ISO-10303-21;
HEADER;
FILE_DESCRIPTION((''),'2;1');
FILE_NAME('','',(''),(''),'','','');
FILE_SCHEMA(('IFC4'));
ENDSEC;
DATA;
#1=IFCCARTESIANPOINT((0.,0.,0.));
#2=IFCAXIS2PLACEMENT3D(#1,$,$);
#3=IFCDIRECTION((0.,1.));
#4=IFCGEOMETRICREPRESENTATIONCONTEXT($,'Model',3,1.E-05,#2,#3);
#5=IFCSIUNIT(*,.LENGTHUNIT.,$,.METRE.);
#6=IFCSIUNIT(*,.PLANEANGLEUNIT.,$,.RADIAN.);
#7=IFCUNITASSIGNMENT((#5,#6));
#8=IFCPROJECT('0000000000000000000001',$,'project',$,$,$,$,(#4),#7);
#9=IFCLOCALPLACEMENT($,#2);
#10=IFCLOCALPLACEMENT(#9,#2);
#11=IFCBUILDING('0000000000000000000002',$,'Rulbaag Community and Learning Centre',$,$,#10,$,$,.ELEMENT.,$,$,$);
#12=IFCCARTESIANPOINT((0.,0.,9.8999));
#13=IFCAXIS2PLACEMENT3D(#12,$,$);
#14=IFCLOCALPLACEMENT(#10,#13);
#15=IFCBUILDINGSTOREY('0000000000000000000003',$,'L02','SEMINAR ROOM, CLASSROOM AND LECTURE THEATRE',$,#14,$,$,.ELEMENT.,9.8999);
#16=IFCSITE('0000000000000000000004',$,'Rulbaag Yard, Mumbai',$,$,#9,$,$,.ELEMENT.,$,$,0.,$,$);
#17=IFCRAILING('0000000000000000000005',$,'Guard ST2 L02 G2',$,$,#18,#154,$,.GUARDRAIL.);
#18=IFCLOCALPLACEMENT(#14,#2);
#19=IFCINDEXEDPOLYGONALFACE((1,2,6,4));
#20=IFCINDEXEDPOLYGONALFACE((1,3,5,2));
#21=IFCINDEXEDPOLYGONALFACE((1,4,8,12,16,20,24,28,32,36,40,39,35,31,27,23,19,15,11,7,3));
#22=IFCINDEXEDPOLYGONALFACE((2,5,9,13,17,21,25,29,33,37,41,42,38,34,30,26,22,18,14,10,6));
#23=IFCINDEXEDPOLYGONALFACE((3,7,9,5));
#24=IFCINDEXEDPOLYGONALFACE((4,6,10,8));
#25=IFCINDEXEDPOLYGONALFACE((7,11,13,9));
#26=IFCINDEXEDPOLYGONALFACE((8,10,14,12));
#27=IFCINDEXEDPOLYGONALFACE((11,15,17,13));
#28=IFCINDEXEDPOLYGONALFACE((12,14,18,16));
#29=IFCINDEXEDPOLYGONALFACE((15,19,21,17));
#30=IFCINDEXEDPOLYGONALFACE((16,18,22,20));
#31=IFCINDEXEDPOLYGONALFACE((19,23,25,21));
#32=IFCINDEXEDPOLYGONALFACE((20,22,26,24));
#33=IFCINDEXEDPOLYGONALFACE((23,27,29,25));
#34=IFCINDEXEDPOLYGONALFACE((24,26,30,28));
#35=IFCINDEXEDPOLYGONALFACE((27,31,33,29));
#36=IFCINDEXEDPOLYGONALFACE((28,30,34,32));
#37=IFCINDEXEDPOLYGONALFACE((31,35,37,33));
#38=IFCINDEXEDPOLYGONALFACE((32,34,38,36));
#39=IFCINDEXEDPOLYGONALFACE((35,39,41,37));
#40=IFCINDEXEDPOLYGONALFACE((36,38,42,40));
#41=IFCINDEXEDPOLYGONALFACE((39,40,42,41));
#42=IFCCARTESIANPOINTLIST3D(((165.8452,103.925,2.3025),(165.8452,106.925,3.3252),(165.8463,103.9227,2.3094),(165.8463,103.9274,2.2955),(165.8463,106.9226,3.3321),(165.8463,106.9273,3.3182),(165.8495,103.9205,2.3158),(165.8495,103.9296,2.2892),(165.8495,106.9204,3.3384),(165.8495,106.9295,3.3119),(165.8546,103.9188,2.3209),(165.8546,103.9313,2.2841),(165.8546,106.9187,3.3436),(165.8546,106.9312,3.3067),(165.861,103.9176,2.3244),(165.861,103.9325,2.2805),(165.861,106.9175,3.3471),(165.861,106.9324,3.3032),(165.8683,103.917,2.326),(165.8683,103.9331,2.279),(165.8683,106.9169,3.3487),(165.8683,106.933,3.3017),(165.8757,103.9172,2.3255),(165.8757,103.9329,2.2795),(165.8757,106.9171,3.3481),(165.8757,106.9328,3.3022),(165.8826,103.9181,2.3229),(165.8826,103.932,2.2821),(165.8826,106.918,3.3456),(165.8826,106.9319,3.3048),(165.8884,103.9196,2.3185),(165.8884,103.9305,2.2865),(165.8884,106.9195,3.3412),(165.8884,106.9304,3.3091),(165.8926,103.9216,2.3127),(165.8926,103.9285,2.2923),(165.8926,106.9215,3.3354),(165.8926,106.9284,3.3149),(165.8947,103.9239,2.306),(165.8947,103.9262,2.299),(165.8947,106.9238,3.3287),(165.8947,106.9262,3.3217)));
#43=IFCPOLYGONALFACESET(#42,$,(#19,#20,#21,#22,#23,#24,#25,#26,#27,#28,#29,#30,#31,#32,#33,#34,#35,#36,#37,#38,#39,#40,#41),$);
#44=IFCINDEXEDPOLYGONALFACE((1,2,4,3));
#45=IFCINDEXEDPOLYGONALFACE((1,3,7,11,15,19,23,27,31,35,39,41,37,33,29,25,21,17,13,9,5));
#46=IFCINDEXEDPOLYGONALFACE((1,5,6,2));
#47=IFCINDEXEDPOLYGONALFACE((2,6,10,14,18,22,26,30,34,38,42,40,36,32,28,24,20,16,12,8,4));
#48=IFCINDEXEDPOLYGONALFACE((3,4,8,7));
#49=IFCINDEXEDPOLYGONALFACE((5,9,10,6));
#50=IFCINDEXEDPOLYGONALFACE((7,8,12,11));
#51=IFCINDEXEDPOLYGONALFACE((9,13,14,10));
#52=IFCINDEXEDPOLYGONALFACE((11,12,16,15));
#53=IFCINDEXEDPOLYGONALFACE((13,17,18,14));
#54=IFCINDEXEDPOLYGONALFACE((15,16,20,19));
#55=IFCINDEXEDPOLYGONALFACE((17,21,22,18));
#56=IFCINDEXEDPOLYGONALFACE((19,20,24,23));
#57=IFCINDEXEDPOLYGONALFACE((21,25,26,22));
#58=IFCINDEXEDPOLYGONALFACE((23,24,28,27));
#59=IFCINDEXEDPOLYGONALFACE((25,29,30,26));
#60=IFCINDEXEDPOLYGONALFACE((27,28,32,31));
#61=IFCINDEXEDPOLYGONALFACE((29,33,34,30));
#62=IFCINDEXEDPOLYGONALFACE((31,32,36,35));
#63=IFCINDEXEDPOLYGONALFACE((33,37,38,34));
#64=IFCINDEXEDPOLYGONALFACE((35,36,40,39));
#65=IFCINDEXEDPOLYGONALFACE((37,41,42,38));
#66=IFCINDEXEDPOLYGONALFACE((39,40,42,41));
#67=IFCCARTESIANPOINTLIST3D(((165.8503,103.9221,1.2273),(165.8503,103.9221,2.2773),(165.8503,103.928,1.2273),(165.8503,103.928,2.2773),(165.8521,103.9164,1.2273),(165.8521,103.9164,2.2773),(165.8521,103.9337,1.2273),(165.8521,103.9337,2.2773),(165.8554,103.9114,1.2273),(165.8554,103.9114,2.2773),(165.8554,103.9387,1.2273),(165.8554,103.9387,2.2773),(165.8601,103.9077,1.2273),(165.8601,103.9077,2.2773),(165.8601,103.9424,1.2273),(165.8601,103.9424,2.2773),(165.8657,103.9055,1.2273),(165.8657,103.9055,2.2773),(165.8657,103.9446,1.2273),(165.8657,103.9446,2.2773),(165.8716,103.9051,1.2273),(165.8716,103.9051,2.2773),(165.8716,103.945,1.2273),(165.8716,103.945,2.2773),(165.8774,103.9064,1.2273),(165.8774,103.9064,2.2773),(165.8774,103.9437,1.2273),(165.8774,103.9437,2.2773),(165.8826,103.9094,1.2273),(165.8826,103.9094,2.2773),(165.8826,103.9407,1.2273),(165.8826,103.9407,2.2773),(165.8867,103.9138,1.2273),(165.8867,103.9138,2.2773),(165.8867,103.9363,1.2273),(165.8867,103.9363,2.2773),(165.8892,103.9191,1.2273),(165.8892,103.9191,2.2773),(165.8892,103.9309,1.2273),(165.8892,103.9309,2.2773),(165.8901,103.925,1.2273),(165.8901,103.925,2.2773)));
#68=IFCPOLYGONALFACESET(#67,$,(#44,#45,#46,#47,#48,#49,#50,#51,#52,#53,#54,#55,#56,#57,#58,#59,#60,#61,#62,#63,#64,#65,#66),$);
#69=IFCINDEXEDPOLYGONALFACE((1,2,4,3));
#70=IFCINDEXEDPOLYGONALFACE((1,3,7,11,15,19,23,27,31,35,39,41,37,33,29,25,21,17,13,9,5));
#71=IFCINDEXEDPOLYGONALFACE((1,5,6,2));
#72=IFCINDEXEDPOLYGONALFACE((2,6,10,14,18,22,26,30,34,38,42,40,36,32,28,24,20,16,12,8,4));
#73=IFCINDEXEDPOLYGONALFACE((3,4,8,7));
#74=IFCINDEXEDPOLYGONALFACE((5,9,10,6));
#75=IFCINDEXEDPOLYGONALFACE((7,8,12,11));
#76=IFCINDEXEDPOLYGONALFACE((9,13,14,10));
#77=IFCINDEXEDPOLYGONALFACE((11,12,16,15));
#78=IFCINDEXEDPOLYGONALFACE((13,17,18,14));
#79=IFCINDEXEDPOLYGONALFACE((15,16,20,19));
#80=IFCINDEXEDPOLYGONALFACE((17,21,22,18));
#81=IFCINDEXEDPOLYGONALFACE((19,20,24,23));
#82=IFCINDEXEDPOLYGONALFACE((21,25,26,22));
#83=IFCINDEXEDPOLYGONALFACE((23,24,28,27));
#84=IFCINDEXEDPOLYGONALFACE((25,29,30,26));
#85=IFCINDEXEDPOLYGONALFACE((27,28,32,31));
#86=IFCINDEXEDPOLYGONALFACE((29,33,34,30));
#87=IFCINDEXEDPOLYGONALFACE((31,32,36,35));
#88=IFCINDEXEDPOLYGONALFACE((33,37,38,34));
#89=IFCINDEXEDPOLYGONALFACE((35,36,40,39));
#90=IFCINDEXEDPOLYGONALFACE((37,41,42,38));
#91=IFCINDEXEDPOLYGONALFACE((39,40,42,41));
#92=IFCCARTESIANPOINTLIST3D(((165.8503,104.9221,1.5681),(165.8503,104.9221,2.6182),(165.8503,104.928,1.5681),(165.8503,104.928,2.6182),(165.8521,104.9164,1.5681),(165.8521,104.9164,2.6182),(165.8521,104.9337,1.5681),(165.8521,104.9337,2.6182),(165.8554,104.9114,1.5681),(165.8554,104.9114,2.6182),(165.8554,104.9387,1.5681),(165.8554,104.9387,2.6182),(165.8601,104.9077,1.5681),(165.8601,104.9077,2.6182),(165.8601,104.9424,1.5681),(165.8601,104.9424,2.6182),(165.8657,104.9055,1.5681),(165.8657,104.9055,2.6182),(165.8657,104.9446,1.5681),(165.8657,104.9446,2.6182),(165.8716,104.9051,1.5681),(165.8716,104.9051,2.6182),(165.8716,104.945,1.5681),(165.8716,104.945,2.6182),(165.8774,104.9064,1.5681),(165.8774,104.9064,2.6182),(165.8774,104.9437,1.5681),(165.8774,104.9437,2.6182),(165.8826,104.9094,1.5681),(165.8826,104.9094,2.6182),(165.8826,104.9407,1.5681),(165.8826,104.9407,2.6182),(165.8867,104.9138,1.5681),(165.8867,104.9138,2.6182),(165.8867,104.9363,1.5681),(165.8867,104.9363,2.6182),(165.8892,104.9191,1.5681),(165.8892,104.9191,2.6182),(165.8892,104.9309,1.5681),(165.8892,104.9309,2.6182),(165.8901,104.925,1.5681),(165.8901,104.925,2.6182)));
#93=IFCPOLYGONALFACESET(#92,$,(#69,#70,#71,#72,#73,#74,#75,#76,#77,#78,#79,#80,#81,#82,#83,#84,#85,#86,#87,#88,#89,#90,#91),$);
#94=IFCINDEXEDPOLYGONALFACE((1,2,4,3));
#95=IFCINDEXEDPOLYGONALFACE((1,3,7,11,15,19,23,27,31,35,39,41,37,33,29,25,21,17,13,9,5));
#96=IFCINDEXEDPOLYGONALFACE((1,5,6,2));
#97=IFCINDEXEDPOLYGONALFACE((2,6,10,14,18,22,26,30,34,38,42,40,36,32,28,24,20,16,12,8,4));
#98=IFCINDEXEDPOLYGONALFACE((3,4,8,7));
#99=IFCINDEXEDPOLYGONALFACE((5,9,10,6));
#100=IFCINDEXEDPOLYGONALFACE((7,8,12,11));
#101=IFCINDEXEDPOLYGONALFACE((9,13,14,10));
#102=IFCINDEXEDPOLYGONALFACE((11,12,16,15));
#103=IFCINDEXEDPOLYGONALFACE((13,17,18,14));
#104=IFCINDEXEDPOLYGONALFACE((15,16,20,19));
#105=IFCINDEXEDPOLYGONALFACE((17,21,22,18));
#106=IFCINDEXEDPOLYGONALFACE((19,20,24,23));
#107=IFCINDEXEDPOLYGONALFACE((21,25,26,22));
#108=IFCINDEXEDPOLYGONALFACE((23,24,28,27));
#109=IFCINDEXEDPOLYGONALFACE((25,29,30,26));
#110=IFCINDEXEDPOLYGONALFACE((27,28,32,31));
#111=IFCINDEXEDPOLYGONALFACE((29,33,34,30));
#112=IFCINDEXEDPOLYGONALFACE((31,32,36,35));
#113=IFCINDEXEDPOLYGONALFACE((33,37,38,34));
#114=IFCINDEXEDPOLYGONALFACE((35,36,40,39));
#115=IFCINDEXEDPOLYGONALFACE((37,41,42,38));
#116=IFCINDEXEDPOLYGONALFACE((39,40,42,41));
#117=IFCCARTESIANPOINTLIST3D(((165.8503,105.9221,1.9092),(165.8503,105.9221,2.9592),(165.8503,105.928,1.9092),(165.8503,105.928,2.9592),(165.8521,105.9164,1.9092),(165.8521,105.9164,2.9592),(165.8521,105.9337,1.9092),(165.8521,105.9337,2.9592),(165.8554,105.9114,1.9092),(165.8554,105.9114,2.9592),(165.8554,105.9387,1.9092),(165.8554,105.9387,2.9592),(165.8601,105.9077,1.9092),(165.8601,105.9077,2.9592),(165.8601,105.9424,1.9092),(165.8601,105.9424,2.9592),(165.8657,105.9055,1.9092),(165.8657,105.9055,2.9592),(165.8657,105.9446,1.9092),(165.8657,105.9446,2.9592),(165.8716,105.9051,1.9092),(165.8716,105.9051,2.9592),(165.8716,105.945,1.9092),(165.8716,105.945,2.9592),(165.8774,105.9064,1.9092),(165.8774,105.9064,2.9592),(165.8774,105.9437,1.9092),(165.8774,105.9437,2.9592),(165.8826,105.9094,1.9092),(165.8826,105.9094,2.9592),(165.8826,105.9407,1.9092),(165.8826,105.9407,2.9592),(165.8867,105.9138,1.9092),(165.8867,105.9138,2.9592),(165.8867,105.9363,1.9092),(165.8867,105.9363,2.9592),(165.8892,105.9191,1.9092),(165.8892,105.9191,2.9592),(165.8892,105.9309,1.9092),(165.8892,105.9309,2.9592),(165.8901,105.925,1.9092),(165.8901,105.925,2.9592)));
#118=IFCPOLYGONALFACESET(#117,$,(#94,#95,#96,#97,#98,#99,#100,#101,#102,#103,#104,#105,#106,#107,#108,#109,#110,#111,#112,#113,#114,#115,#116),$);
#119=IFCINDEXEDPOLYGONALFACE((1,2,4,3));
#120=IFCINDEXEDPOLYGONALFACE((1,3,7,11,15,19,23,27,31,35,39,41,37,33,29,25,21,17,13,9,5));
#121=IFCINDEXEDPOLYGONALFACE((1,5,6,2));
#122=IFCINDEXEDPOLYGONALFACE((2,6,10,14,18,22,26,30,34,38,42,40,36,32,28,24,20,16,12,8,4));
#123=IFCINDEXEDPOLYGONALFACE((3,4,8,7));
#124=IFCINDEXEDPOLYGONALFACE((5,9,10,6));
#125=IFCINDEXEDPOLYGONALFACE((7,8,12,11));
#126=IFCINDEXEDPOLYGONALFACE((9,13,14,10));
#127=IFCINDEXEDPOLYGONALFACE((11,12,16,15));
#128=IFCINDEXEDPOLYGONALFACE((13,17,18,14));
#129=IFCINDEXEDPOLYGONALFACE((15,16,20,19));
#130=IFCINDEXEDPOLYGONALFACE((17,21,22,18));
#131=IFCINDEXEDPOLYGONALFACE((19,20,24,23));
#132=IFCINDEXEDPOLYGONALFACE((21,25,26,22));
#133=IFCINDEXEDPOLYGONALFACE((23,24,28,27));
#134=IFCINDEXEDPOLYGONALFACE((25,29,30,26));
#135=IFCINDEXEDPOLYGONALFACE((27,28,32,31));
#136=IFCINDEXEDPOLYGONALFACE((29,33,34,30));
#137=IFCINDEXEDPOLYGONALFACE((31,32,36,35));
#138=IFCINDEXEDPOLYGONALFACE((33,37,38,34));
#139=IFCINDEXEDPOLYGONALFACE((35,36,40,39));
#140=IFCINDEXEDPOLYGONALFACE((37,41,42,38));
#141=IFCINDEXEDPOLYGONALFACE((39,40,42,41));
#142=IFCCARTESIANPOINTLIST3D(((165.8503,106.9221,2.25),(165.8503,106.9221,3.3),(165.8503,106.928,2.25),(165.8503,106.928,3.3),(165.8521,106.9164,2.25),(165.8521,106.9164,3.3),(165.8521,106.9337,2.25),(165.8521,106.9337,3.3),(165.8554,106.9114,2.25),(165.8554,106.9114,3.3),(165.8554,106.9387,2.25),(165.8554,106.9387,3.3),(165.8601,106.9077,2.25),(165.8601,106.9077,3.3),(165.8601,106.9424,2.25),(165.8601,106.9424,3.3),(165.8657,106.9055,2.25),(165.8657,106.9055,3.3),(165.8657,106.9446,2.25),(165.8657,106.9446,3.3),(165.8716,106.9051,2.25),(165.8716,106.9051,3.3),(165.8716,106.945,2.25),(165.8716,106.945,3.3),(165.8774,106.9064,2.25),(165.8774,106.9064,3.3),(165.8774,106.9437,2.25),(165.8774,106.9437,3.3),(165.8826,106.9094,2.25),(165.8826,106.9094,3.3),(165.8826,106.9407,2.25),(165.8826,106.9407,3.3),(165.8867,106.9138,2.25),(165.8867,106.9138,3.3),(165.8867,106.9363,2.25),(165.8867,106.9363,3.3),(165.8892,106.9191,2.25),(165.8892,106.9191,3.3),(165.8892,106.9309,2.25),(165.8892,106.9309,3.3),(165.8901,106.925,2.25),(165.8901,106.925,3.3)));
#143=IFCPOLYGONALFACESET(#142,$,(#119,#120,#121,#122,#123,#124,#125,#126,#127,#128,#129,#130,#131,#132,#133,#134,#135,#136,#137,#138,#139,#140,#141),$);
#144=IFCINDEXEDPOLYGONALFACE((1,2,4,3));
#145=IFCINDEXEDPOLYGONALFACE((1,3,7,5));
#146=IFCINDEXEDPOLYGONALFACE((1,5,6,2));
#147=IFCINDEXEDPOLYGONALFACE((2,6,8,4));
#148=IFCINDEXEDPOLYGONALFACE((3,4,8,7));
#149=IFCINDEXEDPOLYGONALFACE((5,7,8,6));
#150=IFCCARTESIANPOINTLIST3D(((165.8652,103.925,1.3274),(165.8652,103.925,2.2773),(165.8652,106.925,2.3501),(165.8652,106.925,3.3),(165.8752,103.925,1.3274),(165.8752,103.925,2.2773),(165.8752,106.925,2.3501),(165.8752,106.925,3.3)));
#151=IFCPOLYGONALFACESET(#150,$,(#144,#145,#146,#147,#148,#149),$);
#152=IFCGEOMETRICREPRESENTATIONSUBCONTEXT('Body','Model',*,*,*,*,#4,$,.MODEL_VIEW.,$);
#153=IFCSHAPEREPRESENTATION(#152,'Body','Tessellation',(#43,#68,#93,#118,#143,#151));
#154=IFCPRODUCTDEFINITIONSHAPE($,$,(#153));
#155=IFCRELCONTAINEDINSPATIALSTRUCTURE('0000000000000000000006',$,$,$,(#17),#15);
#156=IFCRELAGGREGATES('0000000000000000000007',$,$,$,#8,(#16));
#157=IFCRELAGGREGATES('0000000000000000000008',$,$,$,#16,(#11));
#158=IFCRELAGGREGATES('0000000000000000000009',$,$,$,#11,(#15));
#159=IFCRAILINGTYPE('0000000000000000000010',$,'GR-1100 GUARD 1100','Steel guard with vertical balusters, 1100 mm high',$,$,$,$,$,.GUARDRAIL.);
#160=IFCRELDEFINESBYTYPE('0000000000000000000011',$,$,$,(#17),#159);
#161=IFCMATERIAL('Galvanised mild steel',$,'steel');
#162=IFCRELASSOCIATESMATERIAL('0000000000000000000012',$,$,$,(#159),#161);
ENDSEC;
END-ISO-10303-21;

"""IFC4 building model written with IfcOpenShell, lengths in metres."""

from ifc_helpers import new_model, si_unit, direction, frame, origin, origin_2d, place, context, subcontext, project, spatial, polyline, circle, outline, extrude, material, type_object, element, save


model = new_model("IFC4")

# Units and contexts
model_context = context("Model", 3, precision=1e-05, world=origin(), true_north=direction((0.0, 1.0)))
body_context = subcontext(model_context, "Body", "Model", "MODEL_VIEW")
ifc_project = project(units=[si_unit("LENGTHUNIT", "METRE"), si_unit("PLANEANGLEUNIT", "RADIAN")], contexts=[model_context])

# Site, building, storey
site_placement = place(None, origin())
site = spatial("IfcSite", under=ifc_project, at=site_placement, Name="Rulbaag Yard, Mumbai", CompositionType="ELEMENT", RefElevation=0.0)
building_placement = place(site_placement, origin())
building = spatial("IfcBuilding", under=site, at=building_placement, Name="Rulbaag Community and Learning Centre", CompositionType="ELEMENT")
storey_placement = place(building_placement, frame((0.0, 0.0, 9.8999)))
storey = spatial("IfcBuildingStorey", under=building, at=storey_placement, Name="L02", Description="SEMINAR ROOM, CLASSROOM AND LECTURE THEATRE", CompositionType="ELEMENT", Elevation=9.8999)

# Railing
ifc_material_1 = material(Name="Galvanised mild steel", Category="steel")
railing_type_1 = type_object("IfcRailingType", Name="GR-1100 GUARD 1100", Description="Steel guard with vertical balusters, 1100 mm high", PredefinedType="GUARDRAIL", material=ifc_material_1)
railing_1_placement = place(storey_placement, frame((165.8701, 103.925, 1.2273)))
element("IfcRailing", 1, at=railing_1_placement, inside=storey, type_object=railing_type_1, Name="Guard ST2 L02 G2", PredefinedType="GUARDRAIL", context=body_context, shape_type="SweptSolid", body=[
    extrude(circle(Radius=0.0249, at=origin_2d()), frame((0.0, 0.0, 1.0752), z_axis=(0.0, 0.946512, 0.322668), x_axis=(-1.0, 0.0, 0.0)), (0.0, 0.0, 1.0), 3.1694),
    extrude(circle(Radius=0.02, at=origin_2d()), origin(), (0.0, 0.0, 1.0), 1.05),
    extrude(circle(Radius=0.02, at=origin_2d()), frame((0.0, 1.0, 0.3408)), (0.0, 0.0, 1.0), 1.05),
    extrude(circle(Radius=0.02, at=origin_2d()), frame((0.0, 2.0, 0.6819)), (0.0, 0.0, 1.0), 1.05),
    extrude(circle(Radius=0.02, at=origin_2d()), frame((0.0, 3.0, 1.0227)), (0.0, 0.0, 1.0), 1.05),
    extrude(outline(polyline([(0.0, 0.0), (3.0, 1.0227), (3.0, 1.9727), (0.0, 0.95), (0.0, 0.0)])), frame((-0.0049, 0.0, 0.1001), z_axis=(1.0, 0.0, 0.0), x_axis=(0.0, 1.0, 0.0)), (0.0, 0.0, 1.0), 0.01),
])

save(model, "model.ifc")
